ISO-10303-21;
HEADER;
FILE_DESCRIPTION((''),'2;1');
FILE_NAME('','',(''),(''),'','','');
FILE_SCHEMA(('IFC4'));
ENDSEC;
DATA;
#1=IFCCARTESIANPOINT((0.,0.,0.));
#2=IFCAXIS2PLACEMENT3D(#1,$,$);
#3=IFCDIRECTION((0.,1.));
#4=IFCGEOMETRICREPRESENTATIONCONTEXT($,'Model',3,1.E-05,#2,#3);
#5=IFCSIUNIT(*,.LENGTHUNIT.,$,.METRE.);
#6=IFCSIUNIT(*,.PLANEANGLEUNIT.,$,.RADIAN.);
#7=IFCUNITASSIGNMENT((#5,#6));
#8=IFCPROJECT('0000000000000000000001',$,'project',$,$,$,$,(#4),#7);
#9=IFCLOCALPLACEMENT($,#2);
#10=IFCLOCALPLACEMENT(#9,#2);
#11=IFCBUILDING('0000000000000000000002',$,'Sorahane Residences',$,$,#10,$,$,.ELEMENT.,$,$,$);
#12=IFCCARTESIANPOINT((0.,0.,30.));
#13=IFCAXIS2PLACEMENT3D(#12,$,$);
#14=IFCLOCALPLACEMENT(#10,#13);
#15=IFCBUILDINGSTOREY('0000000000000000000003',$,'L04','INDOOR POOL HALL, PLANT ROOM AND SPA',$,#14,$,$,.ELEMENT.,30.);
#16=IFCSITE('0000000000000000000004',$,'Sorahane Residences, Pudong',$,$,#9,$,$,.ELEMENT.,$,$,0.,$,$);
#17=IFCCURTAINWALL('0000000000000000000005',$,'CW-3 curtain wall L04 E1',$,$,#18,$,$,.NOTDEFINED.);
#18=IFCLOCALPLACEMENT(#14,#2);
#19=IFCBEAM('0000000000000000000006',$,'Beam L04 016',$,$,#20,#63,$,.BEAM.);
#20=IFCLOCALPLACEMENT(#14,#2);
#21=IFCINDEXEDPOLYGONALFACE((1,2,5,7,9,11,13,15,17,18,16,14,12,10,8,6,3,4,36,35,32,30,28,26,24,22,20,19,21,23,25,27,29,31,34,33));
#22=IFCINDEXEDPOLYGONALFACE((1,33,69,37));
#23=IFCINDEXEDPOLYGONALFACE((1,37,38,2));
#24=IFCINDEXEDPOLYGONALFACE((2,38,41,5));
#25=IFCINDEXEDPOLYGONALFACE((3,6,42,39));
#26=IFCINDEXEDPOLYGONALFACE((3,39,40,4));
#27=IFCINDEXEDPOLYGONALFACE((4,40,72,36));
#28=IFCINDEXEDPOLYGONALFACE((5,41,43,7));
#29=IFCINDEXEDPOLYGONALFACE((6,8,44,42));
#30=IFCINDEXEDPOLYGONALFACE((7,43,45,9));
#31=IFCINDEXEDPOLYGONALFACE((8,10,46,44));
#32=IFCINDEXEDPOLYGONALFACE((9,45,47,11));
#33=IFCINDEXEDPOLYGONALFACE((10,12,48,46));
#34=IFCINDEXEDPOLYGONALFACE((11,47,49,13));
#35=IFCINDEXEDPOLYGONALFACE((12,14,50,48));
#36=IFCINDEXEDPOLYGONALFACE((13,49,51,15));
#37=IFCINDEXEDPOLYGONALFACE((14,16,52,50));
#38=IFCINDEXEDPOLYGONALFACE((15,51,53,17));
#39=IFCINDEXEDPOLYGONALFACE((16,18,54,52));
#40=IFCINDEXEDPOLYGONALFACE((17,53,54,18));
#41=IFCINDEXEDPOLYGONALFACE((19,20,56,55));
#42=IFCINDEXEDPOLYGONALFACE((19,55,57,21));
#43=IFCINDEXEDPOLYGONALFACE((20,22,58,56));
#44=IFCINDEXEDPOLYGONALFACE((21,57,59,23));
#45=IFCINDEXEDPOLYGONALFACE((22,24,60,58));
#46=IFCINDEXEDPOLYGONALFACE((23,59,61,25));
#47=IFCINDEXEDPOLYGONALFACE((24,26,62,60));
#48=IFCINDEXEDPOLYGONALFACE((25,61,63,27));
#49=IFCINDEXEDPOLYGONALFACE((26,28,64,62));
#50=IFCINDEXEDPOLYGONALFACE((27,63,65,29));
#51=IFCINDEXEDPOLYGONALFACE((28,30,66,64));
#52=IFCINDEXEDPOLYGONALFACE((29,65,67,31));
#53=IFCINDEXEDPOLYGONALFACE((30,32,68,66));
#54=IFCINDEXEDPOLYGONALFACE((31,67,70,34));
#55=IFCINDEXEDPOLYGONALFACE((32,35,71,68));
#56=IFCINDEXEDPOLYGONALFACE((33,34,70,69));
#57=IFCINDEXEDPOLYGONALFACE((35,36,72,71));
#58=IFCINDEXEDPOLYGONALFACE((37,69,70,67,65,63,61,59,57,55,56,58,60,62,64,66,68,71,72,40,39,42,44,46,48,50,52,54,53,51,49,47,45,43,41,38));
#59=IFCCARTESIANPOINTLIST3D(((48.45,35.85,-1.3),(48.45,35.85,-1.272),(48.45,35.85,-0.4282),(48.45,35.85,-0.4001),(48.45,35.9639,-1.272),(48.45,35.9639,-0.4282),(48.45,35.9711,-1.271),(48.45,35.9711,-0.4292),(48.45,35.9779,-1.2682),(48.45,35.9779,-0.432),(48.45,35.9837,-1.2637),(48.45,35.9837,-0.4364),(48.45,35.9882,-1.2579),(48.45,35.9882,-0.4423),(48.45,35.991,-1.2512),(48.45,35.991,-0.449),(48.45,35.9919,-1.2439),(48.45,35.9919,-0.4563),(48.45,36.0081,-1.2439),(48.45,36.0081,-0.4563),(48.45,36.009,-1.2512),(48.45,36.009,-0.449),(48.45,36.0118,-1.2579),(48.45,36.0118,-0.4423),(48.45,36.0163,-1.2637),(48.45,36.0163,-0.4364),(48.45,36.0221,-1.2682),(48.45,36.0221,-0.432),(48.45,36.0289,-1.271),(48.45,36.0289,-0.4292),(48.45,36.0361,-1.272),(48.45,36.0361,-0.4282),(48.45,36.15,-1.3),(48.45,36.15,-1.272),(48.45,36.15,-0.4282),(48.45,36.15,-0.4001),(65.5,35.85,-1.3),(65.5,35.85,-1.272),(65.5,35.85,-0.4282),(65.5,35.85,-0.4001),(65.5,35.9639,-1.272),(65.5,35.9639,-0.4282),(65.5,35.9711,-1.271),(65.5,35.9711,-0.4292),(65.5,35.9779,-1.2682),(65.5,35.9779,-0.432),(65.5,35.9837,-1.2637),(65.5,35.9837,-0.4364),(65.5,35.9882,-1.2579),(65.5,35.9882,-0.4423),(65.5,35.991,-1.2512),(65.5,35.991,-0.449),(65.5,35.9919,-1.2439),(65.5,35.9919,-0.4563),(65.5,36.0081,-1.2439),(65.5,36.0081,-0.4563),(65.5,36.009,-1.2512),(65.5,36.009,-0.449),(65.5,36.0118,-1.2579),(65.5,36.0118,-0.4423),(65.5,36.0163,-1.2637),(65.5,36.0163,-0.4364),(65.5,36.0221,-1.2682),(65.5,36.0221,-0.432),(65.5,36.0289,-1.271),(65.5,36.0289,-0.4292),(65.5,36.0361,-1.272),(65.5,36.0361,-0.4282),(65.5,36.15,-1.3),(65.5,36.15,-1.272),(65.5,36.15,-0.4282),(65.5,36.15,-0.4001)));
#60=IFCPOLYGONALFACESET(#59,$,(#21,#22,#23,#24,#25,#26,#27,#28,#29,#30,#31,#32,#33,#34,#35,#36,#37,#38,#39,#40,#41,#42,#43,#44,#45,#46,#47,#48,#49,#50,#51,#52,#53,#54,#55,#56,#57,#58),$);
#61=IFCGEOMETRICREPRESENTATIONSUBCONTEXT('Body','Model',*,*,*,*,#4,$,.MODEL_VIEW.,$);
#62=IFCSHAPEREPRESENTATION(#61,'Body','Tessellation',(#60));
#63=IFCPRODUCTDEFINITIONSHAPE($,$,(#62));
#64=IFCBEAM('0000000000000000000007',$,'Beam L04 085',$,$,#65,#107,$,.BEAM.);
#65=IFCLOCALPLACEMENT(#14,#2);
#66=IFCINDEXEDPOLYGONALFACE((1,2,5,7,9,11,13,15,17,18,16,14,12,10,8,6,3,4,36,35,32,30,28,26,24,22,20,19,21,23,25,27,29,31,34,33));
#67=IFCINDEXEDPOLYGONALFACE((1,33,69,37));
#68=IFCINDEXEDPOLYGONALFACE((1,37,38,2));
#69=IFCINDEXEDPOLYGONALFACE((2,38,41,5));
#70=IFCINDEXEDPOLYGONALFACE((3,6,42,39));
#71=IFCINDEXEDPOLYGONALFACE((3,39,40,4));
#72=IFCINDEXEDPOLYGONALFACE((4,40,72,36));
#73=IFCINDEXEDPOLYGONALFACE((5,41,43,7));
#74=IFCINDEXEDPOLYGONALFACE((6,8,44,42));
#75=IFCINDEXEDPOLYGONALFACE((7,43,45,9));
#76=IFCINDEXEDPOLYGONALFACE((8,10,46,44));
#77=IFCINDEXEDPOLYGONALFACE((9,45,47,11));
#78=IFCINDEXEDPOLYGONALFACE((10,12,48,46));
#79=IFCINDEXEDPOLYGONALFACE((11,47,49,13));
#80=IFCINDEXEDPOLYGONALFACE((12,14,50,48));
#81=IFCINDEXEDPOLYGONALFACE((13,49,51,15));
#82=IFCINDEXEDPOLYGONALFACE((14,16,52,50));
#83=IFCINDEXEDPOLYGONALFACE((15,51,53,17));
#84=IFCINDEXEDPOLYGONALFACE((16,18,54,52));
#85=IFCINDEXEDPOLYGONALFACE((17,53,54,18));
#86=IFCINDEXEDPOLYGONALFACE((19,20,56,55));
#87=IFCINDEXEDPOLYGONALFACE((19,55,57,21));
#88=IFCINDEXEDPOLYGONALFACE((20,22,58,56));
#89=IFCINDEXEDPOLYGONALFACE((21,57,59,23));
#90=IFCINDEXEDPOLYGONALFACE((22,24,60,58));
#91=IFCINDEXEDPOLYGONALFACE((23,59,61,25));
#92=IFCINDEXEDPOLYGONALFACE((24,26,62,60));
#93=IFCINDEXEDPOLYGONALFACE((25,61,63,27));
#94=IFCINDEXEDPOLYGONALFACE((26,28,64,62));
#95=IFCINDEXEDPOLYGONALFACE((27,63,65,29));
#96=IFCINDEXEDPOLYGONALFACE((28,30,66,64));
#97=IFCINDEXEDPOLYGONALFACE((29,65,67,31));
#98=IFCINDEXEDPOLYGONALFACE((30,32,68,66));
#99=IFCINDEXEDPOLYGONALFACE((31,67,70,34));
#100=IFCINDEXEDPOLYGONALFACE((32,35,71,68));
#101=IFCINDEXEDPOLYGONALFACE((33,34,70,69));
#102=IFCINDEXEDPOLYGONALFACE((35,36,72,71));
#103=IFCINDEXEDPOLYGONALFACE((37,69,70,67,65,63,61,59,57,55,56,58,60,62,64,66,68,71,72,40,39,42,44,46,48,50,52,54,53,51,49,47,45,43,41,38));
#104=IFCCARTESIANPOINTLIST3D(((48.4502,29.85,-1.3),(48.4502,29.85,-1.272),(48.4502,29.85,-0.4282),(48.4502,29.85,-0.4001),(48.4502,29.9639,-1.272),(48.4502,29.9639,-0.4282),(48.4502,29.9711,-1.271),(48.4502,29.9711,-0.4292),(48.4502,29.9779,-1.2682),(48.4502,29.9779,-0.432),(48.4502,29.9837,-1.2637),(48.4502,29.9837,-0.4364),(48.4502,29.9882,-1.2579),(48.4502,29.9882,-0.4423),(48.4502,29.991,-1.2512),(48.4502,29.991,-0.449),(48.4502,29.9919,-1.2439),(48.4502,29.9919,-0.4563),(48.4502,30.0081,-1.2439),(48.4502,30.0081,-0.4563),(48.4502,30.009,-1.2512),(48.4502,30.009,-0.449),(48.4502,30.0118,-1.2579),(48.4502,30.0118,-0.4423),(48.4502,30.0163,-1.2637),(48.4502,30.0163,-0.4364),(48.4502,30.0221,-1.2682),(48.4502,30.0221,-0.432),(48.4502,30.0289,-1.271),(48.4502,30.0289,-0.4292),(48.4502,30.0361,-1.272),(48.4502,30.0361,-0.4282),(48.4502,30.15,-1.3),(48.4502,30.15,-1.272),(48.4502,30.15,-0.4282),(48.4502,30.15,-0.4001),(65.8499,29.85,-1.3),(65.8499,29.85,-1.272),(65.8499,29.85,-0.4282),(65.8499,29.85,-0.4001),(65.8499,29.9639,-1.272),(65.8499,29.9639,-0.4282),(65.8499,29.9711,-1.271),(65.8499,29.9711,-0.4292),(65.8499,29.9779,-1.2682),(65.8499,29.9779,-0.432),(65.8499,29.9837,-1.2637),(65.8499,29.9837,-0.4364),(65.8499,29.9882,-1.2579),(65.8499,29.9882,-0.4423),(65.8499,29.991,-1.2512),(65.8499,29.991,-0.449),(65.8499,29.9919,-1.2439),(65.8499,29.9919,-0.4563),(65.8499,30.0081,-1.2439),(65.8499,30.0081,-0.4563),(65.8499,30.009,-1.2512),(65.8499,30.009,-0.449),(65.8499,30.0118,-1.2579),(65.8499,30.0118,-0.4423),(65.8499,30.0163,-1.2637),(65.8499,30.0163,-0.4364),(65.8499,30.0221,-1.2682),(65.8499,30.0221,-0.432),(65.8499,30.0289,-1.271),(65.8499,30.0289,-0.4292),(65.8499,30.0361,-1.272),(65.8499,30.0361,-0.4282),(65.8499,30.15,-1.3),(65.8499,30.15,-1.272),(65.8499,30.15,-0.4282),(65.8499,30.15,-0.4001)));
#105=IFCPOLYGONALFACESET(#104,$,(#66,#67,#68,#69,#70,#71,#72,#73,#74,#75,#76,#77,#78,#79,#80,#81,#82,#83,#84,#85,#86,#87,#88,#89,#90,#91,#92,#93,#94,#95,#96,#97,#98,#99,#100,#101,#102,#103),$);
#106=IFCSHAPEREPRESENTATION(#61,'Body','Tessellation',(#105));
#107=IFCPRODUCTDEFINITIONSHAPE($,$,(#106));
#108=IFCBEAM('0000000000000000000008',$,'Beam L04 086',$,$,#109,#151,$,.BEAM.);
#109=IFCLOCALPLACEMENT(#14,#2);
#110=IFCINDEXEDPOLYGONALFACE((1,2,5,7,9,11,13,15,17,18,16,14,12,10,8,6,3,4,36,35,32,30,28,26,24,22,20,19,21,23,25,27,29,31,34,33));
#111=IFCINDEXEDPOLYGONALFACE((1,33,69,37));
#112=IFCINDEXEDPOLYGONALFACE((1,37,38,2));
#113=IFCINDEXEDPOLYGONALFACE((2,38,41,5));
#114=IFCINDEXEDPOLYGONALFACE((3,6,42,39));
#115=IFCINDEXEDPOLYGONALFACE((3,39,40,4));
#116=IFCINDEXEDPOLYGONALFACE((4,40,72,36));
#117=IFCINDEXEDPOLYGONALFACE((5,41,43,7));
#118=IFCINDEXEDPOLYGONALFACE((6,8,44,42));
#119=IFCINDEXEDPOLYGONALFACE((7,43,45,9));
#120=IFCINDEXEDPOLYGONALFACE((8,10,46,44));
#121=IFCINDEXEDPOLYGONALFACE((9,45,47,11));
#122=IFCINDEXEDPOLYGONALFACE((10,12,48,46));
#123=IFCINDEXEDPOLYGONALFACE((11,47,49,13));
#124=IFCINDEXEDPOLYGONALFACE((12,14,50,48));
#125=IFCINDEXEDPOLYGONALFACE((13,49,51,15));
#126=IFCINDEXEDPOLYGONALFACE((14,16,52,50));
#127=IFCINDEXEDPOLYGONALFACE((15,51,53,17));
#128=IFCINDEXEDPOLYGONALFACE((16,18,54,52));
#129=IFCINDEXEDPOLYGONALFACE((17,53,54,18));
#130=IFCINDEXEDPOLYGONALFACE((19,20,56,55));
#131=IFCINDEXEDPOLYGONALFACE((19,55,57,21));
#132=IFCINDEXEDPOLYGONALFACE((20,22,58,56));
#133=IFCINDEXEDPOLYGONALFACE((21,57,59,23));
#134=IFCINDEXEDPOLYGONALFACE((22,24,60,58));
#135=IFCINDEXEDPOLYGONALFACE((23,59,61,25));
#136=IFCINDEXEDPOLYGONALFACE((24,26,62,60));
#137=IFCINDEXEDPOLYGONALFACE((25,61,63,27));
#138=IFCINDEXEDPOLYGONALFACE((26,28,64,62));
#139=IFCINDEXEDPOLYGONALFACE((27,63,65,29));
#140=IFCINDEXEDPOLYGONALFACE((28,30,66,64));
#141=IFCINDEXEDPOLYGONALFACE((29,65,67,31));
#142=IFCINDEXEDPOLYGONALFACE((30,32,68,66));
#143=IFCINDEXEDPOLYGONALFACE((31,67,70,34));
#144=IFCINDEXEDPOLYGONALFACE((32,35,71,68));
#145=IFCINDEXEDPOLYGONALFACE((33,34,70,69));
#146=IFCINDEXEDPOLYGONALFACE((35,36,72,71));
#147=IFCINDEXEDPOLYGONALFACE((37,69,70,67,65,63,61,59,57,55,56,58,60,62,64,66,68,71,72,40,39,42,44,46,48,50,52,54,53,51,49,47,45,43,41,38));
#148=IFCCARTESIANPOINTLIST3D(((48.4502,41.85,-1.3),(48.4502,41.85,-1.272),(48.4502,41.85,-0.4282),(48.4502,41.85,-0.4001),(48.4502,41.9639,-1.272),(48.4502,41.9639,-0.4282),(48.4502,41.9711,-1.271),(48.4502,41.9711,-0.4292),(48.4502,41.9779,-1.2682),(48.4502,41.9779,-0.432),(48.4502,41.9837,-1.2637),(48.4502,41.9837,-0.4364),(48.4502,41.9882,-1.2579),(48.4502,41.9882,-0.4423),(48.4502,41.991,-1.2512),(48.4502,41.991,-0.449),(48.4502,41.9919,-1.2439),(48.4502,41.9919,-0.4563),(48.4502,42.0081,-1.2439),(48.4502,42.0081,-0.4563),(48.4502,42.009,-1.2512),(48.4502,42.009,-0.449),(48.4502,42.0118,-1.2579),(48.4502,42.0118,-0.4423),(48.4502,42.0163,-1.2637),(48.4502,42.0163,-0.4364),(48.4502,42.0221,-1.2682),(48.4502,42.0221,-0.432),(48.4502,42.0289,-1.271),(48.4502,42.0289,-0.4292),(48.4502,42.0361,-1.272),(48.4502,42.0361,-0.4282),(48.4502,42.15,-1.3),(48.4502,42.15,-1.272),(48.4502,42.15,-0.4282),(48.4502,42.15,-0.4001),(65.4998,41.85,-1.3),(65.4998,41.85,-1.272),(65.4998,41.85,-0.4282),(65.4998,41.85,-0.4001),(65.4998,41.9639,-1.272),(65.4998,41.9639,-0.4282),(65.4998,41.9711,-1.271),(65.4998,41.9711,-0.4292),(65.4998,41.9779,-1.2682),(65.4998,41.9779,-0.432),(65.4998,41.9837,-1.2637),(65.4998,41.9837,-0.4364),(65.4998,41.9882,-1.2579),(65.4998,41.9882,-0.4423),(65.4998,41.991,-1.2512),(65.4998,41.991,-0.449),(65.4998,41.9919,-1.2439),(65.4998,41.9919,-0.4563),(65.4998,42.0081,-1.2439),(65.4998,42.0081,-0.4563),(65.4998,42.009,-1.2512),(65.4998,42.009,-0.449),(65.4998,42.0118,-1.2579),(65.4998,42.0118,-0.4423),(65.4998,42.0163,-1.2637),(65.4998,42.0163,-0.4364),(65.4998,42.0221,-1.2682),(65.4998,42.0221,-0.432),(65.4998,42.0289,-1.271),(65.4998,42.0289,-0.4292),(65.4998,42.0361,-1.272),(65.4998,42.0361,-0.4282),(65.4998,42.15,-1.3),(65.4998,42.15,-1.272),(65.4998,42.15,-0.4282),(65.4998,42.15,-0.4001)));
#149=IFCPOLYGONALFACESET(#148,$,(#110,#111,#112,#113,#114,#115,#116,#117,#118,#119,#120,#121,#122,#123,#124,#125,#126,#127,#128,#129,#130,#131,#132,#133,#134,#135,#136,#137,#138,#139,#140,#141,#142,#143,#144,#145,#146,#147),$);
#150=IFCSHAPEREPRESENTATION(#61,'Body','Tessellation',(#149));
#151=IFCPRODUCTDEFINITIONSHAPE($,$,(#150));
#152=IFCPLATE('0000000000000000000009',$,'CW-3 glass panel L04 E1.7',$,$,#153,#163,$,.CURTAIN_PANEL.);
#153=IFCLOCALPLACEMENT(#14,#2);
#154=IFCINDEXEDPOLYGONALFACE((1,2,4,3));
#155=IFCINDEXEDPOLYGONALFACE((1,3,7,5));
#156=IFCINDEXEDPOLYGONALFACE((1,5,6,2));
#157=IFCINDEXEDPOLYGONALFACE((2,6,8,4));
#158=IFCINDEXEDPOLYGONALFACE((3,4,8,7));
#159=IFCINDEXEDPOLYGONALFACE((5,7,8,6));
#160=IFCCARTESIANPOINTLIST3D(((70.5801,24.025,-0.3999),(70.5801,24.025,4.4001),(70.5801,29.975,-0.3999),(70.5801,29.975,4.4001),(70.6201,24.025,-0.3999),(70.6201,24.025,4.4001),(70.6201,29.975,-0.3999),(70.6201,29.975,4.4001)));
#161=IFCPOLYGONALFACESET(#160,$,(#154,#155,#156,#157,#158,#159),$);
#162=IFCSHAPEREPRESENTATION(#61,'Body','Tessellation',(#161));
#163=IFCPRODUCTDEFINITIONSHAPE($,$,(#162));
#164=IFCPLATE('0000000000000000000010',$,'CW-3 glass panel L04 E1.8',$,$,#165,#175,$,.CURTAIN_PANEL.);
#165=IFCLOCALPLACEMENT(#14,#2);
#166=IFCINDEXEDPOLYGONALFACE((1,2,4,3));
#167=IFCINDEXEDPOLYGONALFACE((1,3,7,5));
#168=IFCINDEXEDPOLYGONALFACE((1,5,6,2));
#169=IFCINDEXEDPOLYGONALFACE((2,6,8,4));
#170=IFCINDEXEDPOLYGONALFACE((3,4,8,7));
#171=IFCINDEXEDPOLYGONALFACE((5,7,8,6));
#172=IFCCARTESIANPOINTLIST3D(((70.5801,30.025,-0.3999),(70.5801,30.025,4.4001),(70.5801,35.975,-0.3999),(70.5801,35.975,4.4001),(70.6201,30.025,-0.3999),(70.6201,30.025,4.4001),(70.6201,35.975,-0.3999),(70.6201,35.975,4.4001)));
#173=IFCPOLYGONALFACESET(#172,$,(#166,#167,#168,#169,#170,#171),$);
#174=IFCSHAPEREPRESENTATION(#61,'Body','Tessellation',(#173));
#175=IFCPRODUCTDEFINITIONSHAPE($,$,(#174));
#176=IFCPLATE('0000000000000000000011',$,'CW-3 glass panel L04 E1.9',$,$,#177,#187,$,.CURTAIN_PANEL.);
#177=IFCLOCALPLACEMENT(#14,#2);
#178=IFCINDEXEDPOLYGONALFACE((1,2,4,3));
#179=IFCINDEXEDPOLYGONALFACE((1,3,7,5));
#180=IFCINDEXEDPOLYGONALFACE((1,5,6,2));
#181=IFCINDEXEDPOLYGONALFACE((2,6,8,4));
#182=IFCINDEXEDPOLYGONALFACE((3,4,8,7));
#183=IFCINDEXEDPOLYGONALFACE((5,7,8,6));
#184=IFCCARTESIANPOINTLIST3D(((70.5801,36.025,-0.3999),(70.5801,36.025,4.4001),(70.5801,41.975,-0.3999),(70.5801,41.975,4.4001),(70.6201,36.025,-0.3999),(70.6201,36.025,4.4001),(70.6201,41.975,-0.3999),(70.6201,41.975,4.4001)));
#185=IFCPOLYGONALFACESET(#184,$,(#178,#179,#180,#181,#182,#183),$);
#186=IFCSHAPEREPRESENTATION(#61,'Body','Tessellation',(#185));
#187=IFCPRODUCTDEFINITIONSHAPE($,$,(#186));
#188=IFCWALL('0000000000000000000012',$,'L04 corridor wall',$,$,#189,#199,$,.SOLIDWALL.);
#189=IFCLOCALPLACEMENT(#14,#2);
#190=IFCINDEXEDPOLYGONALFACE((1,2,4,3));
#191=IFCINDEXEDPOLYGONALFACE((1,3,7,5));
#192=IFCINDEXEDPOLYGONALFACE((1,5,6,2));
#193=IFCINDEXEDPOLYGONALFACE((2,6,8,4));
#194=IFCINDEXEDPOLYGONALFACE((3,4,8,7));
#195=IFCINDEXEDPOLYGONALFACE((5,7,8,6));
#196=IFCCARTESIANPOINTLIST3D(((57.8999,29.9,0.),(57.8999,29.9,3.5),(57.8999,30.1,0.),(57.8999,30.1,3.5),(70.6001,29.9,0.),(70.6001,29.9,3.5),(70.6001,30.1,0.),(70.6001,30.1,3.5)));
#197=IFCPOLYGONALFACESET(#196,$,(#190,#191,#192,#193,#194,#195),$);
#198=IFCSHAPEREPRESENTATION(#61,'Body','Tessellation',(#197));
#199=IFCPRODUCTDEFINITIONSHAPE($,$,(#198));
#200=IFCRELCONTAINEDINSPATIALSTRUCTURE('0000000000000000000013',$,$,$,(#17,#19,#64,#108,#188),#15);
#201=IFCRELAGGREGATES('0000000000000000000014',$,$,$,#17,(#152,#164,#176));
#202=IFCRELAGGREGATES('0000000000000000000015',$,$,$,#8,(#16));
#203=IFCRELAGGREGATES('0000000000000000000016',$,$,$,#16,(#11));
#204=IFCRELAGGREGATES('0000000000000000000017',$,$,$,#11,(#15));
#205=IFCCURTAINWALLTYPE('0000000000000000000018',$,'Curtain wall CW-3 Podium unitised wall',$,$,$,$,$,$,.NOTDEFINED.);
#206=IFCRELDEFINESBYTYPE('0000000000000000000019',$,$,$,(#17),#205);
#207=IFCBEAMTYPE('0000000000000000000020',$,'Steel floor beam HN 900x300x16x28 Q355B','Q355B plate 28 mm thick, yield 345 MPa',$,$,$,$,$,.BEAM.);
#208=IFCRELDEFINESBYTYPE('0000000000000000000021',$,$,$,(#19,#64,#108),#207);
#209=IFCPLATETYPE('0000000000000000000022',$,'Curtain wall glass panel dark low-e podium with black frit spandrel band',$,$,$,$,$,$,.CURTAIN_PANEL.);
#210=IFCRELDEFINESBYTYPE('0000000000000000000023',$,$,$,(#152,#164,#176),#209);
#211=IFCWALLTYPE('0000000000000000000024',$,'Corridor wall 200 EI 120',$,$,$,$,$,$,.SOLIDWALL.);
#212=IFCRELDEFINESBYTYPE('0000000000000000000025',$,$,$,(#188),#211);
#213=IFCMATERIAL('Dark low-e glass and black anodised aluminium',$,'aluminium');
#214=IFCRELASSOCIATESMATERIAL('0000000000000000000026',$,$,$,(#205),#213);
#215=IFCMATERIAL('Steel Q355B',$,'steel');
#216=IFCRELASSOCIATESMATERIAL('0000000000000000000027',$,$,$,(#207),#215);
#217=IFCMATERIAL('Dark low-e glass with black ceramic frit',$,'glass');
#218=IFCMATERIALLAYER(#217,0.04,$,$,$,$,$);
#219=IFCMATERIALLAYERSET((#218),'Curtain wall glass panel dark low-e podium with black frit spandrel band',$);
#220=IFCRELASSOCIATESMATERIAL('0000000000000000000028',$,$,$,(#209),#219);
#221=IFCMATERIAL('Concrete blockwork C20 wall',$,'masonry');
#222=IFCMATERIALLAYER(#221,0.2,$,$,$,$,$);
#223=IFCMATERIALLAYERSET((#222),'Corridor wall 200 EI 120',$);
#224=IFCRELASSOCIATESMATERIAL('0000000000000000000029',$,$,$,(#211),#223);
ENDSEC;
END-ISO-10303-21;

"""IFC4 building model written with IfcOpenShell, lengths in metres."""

from ifc_helpers import new_model, si_unit, direction, frame, frame_2d, origin, origin_2d, place, context, subcontext, project, spatial, rectangle, i_section, extrude, material, layer, layer_set, material_profile, profile_set, type_object, element, aggregate, save


model = new_model("IFC4")

# Units and contexts
model_context = context("Model", 3, precision=1e-05, world=origin(), true_north=direction((0.0, 1.0)))
body_context = subcontext(model_context, "Body", "Model", "MODEL_VIEW")
ifc_project = project(units=[si_unit("LENGTHUNIT", "METRE"), si_unit("PLANEANGLEUNIT", "RADIAN")], contexts=[model_context])

# Site, building, storey
site_placement = place(None, origin())
site = spatial("IfcSite", under=ifc_project, at=site_placement, Name="Sorahane Residences, Pudong", CompositionType="ELEMENT", RefElevation=0.0)
building_placement = place(site_placement, origin())
building = spatial("IfcBuilding", under=site, at=building_placement, Name="Sorahane Residences", CompositionType="ELEMENT")
storey_placement = place(building_placement, frame((0.0, 0.0, 30.0)))
storey = spatial("IfcBuildingStorey", under=building, at=storey_placement, Name="L04", Description="INDOOR POOL HALL, PLANT ROOM AND SPA", CompositionType="ELEMENT", Elevation=30.0)

# Curtain wall
ifc_material_1 = material(Name="Dark low-e glass and black anodised aluminium", Category="aluminium")
curtain_wall_type = type_object("IfcCurtainWallType", Name="Curtain wall CW-3 Podium unitised wall", PredefinedType="NOTDEFINED", material=ifc_material_1)
curtain_wall_placement = place(storey_placement, origin())
curtain_wall = element("IfcCurtainWall", 1, at=curtain_wall_placement, inside=storey, type_object=curtain_wall_type, Name="CW-3 curtain wall L04 E1", PredefinedType="NOTDEFINED")

# Beams
ifc_material_2 = material(Name="Steel Q355B", Category="steel")
ifc_material_profile_1 = material_profile(ifc_material_2, i_section(OverallWidth=0.3, OverallDepth=0.8999, WebThickness=0.0161, FlangeThickness=0.0281, FilletRadius=0.0281, at=origin_2d()), Name="HN 900x300x16x28")
ifc_profile_set_1 = profile_set([ifc_material_profile_1], Name="Steel Q355B")
beam_type_1 = type_object("IfcBeamType", Name="Steel floor beam HN 900x300x16x28 Q355B", Description="Q355B plate 28 mm thick, yield 345 MPa", PredefinedType="BEAM", material=ifc_profile_set_1)
beam_1_placement = place(storey_placement, frame((48.45, 36.0, -0.8501), z_axis=(1.0, 0.0, 0.0), x_axis=(0.0, 1.0, 0.0)))
element("IfcBeam", 2, at=beam_1_placement, inside=storey, type_object=beam_type_1, Name="Beam L04 016", PredefinedType="BEAM", context=body_context, shape_type="SweptSolid", body=[
    extrude(i_section(OverallWidth=0.3, OverallDepth=0.8999, WebThickness=0.0161, FlangeThickness=0.0281, FilletRadius=0.0281, at=origin_2d()), origin(), (0.0, 0.0, 1.0), 17.05),
])
beam_2_placement = place(storey_placement, frame((48.4502, 30.0, -0.8501), z_axis=(1.0, 0.0, 0.0), x_axis=(0.0, 1.0, 0.0)))
element("IfcBeam", 3, at=beam_2_placement, inside=storey, type_object=beam_type_1, Name="Beam L04 085", PredefinedType="BEAM", context=body_context, shape_type="SweptSolid", body=[
    extrude(i_section(OverallWidth=0.3, OverallDepth=0.8999, WebThickness=0.0161, FlangeThickness=0.0281, FilletRadius=0.0281, at=origin_2d()), origin(), (0.0, 0.0, 1.0), 17.3997),
])
beam_3_placement = place(storey_placement, frame((48.4502, 42.0, -0.8501), z_axis=(1.0, 0.0, 0.0), x_axis=(0.0, 1.0, 0.0)))
element("IfcBeam", 4, at=beam_3_placement, inside=storey, type_object=beam_type_1, Name="Beam L04 086", PredefinedType="BEAM", context=body_context, shape_type="SweptSolid", body=[
    extrude(i_section(OverallWidth=0.3, OverallDepth=0.8999, WebThickness=0.0161, FlangeThickness=0.0281, FilletRadius=0.0281, at=origin_2d()), origin(), (0.0, 0.0, 1.0), 17.0496),
])

# Plates
ifc_material_3 = material(Name="Dark low-e glass with black ceramic frit", Category="glass")
ifc_layer_1 = layer(ifc_material_3, 0.04)
ifc_layer_set_1 = layer_set([ifc_layer_1], Name="Curtain wall glass panel dark low-e podium with black frit spandrel band")
plate_type = type_object("IfcPlateType", Name="Curtain wall glass panel dark low-e podium with black frit spandrel band", PredefinedType="CURTAIN_PANEL", material=ifc_layer_set_1)
plate_1_placement = place(storey_placement, frame((70.6001, 27.0, -0.3999), z_axis=(0.0, 0.0, 1.0), x_axis=(0.0, 1.0, 0.0)))
plate_1 = element("IfcPlate", 5, at=plate_1_placement, type_object=plate_type, Name="CW-3 glass panel L04 E1.7", PredefinedType="CURTAIN_PANEL", context=body_context, shape_type="SweptSolid", body=[
    extrude(rectangle(XDim=5.95, YDim=0.04, at=origin_2d()), origin(), (0.0, 0.0, 1.0), 4.8),
])
plate_2_placement = place(storey_placement, frame((70.6001, 33.0, -0.3999), z_axis=(0.0, 0.0, 1.0), x_axis=(0.0, 1.0, 0.0)))
plate_2 = element("IfcPlate", 6, at=plate_2_placement, type_object=plate_type, Name="CW-3 glass panel L04 E1.8", PredefinedType="CURTAIN_PANEL", context=body_context, shape_type="SweptSolid", body=[
    extrude(rectangle(XDim=5.95, YDim=0.04, at=origin_2d()), origin(), (0.0, 0.0, 1.0), 4.8),
])
plate_3_placement = place(storey_placement, frame((70.6001, 39.0, -0.3999), z_axis=(0.0, 0.0, 1.0), x_axis=(0.0, 1.0, 0.0)))
plate_3 = element("IfcPlate", 7, at=plate_3_placement, type_object=plate_type, Name="CW-3 glass panel L04 E1.9", PredefinedType="CURTAIN_PANEL", context=body_context, shape_type="SweptSolid", body=[
    extrude(rectangle(XDim=5.95, YDim=0.04, at=origin_2d()), origin(), (0.0, 0.0, 1.0), 4.8),
])
aggregate(curtain_wall, [plate_1, plate_2, plate_3])

# Wall
ifc_material_4 = material(Name="Concrete blockwork C20 wall", Category="masonry")
ifc_layer_2 = layer(ifc_material_4, 0.2)
ifc_layer_set_2 = layer_set([ifc_layer_2], Name="Corridor wall 200 EI 120")
wall_type = type_object("IfcWallType", Name="Corridor wall 200 EI 120", PredefinedType="SOLIDWALL", material=ifc_layer_set_2)
for number, where, z_axis, x_axis, name in (
    (8, (57.8999, 30.0, 0.0), (0.0, 0.0, 1.0), (1.0, 0.0, 0.0), "L04 corridor wall"),
):
    element("IfcWall", number, at=place(storey_placement, frame(where, z_axis=z_axis, x_axis=x_axis)), inside=storey, type_object=wall_type, Name=name, PredefinedType="SOLIDWALL", context=body_context, shape_type="SweptSolid", body=[
        extrude(rectangle(XDim=12.7002, YDim=0.2, at=frame_2d((6.3501, 0.0))), origin(), (0.0, 0.0, 1.0), 3.5),
    ])

save(model, "model.ifc")
